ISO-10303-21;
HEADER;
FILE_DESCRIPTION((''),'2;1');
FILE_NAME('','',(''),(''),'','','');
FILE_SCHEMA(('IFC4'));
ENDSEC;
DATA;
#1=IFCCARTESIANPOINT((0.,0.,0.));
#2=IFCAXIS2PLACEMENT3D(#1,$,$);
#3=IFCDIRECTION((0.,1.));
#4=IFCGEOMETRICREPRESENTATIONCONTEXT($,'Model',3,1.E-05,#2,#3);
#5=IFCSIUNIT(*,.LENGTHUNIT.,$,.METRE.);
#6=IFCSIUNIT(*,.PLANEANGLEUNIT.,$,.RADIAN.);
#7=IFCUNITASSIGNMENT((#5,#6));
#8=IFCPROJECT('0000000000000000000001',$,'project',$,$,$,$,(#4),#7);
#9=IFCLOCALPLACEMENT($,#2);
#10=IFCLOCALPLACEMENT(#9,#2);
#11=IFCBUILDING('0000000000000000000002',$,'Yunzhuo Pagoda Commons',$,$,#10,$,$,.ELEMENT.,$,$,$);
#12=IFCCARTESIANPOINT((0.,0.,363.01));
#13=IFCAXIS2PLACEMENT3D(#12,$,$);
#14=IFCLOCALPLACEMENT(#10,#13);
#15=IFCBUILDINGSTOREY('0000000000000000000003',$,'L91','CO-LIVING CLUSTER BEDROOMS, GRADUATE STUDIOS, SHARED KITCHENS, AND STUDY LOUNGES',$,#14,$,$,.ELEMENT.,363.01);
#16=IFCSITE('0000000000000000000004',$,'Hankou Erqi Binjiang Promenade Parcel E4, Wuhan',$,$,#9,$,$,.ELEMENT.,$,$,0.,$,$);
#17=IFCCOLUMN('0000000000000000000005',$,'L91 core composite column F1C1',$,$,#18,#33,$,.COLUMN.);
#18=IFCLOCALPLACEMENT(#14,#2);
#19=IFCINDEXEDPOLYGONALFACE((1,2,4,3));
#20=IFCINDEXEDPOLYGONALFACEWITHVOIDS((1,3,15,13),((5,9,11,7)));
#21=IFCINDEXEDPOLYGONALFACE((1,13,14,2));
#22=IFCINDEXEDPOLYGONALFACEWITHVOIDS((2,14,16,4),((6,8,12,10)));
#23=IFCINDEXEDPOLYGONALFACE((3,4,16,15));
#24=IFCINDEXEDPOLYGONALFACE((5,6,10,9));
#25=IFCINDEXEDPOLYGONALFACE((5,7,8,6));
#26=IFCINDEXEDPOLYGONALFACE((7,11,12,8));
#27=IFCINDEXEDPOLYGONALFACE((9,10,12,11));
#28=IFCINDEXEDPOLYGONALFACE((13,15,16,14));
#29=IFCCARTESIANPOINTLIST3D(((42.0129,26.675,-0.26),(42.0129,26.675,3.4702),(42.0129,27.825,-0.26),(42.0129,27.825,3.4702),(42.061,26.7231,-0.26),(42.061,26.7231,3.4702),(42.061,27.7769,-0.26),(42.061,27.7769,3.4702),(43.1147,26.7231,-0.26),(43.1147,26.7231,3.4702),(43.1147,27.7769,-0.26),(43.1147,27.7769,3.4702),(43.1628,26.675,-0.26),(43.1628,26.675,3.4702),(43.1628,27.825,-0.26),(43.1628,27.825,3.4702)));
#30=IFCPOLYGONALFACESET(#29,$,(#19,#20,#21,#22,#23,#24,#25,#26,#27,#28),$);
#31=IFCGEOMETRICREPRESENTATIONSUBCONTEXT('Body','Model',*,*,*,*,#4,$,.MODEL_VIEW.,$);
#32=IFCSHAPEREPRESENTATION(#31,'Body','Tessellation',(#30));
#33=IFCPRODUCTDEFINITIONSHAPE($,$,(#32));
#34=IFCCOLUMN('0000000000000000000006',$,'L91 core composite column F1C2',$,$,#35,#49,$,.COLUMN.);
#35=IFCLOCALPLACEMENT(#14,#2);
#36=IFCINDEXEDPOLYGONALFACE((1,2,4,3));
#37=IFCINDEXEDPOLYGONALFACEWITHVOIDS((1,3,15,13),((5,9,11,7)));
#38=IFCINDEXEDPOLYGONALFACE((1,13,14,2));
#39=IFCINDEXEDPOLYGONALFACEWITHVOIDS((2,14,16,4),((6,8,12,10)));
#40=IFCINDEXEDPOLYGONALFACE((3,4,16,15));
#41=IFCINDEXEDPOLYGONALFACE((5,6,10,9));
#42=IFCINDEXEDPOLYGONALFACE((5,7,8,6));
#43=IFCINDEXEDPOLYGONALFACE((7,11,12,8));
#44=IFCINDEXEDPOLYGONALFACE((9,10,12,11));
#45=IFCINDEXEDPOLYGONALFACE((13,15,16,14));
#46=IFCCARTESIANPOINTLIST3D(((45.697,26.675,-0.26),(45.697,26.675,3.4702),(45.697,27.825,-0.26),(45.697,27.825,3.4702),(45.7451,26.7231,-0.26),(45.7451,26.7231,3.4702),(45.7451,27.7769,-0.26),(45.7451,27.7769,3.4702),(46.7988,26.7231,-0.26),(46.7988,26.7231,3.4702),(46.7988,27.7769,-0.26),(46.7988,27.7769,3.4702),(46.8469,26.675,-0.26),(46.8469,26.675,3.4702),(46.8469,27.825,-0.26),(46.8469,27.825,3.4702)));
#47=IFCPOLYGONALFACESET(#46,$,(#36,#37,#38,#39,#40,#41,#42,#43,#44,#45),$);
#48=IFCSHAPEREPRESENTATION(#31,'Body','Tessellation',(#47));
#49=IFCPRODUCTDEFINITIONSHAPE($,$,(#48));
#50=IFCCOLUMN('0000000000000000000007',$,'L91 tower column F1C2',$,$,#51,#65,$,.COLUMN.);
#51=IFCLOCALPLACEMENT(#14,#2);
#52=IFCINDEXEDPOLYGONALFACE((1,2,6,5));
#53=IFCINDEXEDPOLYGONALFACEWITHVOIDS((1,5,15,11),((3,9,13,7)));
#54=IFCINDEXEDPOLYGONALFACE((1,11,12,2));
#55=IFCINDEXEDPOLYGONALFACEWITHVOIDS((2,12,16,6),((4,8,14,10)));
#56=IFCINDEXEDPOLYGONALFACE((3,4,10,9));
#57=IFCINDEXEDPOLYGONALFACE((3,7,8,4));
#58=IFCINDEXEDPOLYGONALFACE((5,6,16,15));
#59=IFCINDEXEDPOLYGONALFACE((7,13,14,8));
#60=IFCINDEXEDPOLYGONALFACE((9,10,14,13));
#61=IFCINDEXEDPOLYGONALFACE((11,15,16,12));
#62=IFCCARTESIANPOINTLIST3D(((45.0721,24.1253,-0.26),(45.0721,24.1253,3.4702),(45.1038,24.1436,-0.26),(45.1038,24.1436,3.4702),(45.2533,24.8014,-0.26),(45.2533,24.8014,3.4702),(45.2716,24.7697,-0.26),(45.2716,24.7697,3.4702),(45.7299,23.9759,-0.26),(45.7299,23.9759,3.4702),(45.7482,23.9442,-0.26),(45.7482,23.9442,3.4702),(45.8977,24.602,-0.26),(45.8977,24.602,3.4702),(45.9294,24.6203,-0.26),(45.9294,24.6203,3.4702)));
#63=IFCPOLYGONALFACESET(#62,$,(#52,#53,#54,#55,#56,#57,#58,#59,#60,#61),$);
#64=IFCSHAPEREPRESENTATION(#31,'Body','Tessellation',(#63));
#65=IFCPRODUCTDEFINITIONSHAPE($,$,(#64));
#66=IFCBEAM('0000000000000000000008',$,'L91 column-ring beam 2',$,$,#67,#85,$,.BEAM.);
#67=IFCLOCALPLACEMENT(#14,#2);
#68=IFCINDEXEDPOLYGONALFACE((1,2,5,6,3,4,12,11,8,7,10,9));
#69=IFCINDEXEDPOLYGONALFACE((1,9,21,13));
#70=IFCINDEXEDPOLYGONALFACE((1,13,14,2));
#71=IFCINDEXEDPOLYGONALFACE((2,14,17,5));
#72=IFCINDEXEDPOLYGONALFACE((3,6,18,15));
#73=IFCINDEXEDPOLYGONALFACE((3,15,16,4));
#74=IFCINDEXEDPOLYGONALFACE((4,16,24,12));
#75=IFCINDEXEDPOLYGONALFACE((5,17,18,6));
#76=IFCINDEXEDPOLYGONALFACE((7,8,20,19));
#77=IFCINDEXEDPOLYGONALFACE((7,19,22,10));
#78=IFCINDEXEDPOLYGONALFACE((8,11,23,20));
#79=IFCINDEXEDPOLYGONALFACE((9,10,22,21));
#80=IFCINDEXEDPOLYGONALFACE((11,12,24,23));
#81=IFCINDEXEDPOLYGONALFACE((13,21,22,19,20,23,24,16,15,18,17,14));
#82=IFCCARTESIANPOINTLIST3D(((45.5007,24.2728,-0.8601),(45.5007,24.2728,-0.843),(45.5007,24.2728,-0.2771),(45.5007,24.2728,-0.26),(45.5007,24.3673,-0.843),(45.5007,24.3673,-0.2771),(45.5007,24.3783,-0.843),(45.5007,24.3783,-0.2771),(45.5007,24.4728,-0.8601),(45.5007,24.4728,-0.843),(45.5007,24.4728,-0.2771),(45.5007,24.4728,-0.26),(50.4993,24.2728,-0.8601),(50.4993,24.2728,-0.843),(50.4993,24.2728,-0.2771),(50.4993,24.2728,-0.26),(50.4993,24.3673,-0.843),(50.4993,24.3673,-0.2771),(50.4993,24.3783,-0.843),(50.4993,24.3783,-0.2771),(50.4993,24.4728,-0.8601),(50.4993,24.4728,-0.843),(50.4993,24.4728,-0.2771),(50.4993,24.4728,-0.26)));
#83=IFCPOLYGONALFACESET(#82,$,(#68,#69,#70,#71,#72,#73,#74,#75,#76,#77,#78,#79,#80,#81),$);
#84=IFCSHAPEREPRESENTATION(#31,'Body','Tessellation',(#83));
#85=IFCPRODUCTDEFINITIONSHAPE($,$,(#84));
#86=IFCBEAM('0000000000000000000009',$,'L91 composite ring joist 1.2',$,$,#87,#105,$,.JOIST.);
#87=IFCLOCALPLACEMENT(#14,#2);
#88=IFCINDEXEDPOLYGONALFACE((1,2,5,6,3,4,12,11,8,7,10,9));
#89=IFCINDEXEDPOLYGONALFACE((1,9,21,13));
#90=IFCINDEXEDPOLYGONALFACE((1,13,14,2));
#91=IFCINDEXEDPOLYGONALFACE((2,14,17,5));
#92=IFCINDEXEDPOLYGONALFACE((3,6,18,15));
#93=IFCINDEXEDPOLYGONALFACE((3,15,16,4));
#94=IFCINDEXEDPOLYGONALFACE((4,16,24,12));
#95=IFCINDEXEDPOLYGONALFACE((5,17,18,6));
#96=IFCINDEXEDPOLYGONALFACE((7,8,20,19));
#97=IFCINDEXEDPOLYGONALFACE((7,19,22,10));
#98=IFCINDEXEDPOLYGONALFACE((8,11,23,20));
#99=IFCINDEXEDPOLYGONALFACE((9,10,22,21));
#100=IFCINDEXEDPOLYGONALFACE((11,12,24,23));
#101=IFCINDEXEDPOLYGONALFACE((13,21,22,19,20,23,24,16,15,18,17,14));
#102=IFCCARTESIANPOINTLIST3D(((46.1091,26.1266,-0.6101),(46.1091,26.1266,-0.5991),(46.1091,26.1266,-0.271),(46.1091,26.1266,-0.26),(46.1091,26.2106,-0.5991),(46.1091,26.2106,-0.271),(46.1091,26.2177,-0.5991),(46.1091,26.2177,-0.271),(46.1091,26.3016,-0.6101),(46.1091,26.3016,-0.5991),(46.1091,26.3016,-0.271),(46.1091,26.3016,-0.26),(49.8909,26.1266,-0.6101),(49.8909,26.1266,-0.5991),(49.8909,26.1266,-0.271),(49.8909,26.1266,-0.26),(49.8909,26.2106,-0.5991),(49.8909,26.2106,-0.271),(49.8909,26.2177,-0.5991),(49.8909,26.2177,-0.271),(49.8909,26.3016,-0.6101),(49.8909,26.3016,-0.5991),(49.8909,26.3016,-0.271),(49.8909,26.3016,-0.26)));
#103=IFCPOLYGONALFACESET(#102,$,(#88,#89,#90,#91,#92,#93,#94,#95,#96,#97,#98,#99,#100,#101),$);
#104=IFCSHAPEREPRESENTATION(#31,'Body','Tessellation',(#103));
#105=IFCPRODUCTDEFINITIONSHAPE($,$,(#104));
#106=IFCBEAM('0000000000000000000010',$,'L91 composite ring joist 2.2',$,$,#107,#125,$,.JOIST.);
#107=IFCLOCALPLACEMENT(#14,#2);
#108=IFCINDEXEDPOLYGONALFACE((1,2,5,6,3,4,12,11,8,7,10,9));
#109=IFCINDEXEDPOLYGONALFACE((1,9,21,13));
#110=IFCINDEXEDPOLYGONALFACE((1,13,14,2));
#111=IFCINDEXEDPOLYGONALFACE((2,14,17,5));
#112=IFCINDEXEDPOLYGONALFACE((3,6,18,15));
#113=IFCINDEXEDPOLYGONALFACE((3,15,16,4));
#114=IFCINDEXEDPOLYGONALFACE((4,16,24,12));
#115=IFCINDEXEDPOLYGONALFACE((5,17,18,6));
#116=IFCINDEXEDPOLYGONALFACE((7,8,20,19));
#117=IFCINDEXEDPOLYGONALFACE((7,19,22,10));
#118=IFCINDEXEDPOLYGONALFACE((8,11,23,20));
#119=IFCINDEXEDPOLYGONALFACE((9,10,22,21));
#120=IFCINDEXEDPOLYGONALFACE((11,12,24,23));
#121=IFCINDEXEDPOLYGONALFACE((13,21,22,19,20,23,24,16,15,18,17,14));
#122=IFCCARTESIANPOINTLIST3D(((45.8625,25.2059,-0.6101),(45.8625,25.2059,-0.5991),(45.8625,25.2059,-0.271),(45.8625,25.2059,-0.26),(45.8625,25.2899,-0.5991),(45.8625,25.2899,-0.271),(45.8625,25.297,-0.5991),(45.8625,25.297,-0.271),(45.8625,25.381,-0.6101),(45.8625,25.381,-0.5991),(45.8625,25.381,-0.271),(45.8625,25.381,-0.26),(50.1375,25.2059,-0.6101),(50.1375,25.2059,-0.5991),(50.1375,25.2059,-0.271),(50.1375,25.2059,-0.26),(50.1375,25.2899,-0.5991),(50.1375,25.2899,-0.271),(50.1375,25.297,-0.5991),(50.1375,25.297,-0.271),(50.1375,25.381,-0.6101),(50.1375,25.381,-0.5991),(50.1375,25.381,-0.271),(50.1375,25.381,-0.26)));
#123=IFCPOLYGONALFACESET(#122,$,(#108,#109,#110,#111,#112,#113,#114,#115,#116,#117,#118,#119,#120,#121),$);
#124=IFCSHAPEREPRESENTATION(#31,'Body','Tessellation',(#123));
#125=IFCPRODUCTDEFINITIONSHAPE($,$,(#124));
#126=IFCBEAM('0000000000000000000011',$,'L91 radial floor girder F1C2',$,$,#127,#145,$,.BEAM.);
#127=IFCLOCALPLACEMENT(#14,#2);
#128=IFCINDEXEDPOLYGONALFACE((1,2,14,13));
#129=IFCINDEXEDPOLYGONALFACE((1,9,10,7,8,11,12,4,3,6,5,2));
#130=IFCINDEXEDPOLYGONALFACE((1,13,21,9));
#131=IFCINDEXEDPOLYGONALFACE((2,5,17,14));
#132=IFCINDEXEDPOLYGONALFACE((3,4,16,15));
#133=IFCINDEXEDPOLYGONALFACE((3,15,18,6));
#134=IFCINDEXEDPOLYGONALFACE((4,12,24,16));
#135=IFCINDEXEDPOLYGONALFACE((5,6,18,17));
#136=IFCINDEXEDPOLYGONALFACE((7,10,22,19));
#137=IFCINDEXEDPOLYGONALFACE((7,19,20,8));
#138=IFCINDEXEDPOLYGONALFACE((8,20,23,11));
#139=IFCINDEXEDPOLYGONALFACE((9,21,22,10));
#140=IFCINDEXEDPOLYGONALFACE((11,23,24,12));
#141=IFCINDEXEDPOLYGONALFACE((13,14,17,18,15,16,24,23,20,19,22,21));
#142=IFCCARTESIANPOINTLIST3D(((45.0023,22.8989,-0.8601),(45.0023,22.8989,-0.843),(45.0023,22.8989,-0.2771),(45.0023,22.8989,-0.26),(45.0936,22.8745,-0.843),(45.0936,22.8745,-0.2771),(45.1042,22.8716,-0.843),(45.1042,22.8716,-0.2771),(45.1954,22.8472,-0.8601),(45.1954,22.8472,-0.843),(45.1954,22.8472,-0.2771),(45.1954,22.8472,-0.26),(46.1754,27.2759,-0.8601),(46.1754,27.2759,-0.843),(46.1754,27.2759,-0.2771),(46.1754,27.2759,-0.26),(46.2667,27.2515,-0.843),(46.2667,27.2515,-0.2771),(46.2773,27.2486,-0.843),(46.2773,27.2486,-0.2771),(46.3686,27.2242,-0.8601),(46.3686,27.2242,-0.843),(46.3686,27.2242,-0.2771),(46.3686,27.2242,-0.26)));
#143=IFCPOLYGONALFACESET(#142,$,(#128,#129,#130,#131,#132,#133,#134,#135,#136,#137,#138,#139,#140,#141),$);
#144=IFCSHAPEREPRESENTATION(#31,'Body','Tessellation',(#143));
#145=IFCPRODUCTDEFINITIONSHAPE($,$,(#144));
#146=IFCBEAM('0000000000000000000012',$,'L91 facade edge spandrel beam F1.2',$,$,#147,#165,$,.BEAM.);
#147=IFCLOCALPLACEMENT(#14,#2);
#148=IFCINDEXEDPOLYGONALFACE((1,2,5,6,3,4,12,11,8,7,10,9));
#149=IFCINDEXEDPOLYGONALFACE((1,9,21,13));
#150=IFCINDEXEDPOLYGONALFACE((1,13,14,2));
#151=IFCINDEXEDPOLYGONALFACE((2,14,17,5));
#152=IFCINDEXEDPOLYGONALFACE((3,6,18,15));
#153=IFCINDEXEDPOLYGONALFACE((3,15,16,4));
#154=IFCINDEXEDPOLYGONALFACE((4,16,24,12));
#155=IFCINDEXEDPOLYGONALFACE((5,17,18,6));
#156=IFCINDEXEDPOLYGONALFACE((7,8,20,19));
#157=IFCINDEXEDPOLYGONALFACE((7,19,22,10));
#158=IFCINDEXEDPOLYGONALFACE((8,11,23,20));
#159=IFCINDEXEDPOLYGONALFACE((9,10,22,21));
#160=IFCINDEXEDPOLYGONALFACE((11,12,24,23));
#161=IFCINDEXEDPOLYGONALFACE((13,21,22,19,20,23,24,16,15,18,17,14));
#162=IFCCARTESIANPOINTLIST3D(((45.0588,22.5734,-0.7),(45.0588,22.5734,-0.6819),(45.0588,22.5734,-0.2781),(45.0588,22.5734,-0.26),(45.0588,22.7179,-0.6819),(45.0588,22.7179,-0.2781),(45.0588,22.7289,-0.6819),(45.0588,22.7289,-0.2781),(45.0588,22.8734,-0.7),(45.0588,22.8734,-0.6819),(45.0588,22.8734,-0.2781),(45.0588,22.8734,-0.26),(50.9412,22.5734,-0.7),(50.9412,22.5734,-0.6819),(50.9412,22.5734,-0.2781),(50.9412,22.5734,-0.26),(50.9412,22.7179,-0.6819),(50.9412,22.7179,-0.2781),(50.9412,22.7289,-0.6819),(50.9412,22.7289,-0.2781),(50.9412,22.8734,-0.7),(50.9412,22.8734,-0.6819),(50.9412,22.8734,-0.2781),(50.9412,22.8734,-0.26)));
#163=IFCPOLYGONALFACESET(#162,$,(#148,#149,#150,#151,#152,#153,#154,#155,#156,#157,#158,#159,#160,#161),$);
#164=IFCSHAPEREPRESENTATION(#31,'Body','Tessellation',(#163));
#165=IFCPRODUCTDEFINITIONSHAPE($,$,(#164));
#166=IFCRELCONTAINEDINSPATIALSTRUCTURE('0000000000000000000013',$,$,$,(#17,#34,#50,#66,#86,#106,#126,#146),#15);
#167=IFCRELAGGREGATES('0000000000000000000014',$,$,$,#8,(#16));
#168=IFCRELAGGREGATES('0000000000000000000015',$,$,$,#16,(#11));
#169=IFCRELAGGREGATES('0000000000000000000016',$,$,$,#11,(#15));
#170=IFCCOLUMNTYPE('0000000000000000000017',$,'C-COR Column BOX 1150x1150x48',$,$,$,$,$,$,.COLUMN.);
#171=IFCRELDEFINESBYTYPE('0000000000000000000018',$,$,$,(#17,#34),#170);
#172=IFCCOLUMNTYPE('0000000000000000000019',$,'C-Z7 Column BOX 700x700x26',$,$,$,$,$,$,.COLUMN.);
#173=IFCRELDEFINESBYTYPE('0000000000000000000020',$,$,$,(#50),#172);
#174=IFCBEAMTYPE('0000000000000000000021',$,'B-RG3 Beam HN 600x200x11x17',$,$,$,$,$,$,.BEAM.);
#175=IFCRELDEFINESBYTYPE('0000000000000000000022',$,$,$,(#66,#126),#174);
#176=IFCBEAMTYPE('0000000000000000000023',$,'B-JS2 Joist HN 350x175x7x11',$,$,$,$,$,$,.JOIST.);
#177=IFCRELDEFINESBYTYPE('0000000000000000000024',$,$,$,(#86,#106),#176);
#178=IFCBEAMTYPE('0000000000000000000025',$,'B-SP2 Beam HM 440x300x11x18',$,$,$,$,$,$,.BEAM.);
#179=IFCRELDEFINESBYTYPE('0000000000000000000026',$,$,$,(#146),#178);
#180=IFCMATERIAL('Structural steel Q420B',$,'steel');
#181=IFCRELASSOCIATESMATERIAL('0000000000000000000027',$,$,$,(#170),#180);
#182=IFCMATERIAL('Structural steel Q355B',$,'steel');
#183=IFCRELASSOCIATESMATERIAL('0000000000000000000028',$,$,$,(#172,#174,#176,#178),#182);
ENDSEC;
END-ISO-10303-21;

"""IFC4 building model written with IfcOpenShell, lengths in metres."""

from ifc_helpers import new_model, si_unit, direction, frame, origin, origin_2d, place, context, subcontext, project, spatial, hollow_rectangle, i_section, extrude, source, transform, mapped, material, material_profile, profile_set, type_object, element, save


model = new_model("IFC4")

# Units and contexts
model_context = context("Model", 3, precision=1e-05, world=origin(), true_north=direction((0.0, 1.0)))
body_context = subcontext(model_context, "Body", "Model", "MODEL_VIEW")
ifc_project = project(units=[si_unit("LENGTHUNIT", "METRE"), si_unit("PLANEANGLEUNIT", "RADIAN")], contexts=[model_context])

# Site, building, storey
site_placement = place(None, origin())
site = spatial("IfcSite", under=ifc_project, at=site_placement, Name="Hankou Erqi Binjiang Promenade Parcel E4, Wuhan", CompositionType="ELEMENT", RefElevation=0.0)
building_placement = place(site_placement, origin())
building = spatial("IfcBuilding", under=site, at=building_placement, Name="Yunzhuo Pagoda Commons", CompositionType="ELEMENT")
storey_placement = place(building_placement, frame((0.0, 0.0, 363.01)))
storey = spatial("IfcBuildingStorey", under=building, at=storey_placement, Name="L91", Description="CO-LIVING CLUSTER BEDROOMS, GRADUATE STUDIOS, SHARED KITCHENS, AND STUDY LOUNGES", CompositionType="ELEMENT", Elevation=363.01)

# Columns
ifc_material_1 = material(Name="Structural steel Q420B", Category="steel")
ifc_material_profile_1 = material_profile(ifc_material_1, hollow_rectangle(XDim=1.1499, YDim=1.1499, WallThickness=0.0481, at=origin_2d()), Name="Structural steel Q420B")
ifc_profile_set_1 = profile_set([ifc_material_profile_1], Name="Structural steel Q420B")
column_type_1 = type_object("IfcColumnType", Name="C-COR Column BOX 1150x1150x48", PredefinedType="COLUMN", material=ifc_profile_set_1)
shared_shape_1 = source(origin(), body_context, "Body", "SweptSolid", [
    extrude(hollow_rectangle(XDim=1.1499, YDim=1.1499, WallThickness=0.0481, at=origin_2d()), origin(), (0.0, 0.0, 1.0), 3.7302),
])
for number, where, z_axis, x_axis, name in (
    (1, (42.5879, 27.25, -0.26), (0.0, 0.0, 1.0), (1.0, 0.0, 0.0), "L91 core composite column F1C1"),
    (2, (46.272, 27.25, -0.26), (0.0, 0.0, 1.0), (1.0, 0.0, 0.0), "L91 core composite column F1C2"),
):
    element("IfcColumn", number, at=place(storey_placement, frame(where, z_axis=z_axis, x_axis=x_axis)), inside=storey, type_object=column_type_1, Name=name, PredefinedType="COLUMN", context=body_context, shape_type="MappedRepresentation", body=[
        mapped(shared_shape_1, transform((0.0, 0.0, 0.0), scale=1.0)),
    ])
ifc_material_2 = material(Name="Structural steel Q355B", Category="steel")
ifc_material_profile_2 = material_profile(ifc_material_2, hollow_rectangle(XDim=0.7, YDim=0.7, WallThickness=0.0259, at=origin_2d()), Name="Structural steel Q355B")
ifc_profile_set_2 = profile_set([ifc_material_profile_2], Name="Structural steel Q355B")
column_type_2 = type_object("IfcColumnType", Name="C-Z7 Column BOX 700x700x26", PredefinedType="COLUMN", material=ifc_profile_set_2)
shared_shape_2 = source(origin(), body_context, "Body", "SweptSolid", [
    extrude(hollow_rectangle(XDim=0.7, YDim=0.7, WallThickness=0.0259, at=origin_2d()), origin(), (0.0, 0.0, 1.0), 3.7302),
])
column_placement = place(storey_placement, frame((45.5007, 24.3728, -0.26), z_axis=(0.0, 0.0, 1.0), x_axis=(0.965926, -0.258819, 0.0)))
element("IfcColumn", 3, at=column_placement, inside=storey, type_object=column_type_2, Name="L91 tower column F1C2", PredefinedType="COLUMN", context=body_context, shape_type="MappedRepresentation", body=[
    mapped(shared_shape_2, transform((0.0, 0.0, 0.0), scale=1.0)),
])

# Beams
ifc_material_profile_3 = material_profile(ifc_material_2, i_section(OverallWidth=0.2, OverallDepth=0.6001, WebThickness=0.011, FlangeThickness=0.0171, at=origin_2d()), Name="Structural steel Q355B")
ifc_profile_set_3 = profile_set([ifc_material_profile_3], Name="Structural steel Q355B")
beam_type_1 = type_object("IfcBeamType", Name="B-RG3 Beam HN 600x200x11x17", PredefinedType="BEAM", material=ifc_profile_set_3)
shared_shape_3 = source(origin(), body_context, "Body", "SweptSolid", [
    extrude(i_section(OverallWidth=0.2, OverallDepth=0.6001, WebThickness=0.011, FlangeThickness=0.0171, at=origin_2d()), origin(), (0.0, 0.0, 1.0), 4.9985),
])
beam_1_placement = place(storey_placement, frame((45.5007, 24.3728, -0.5601), z_axis=(1.0, 0.0, 0.0), x_axis=(0.0, 1.0, 0.0)))
element("IfcBeam", 4, at=beam_1_placement, inside=storey, type_object=beam_type_1, Name="L91 column-ring beam 2", PredefinedType="BEAM", context=body_context, shape_type="MappedRepresentation", body=[
    mapped(shared_shape_3, transform((0.0, 0.0, 0.0), scale=1.0)),
])
ifc_material_profile_4 = material_profile(ifc_material_2, i_section(OverallWidth=0.175, OverallDepth=0.3501, WebThickness=0.0071, FlangeThickness=0.011, at=origin_2d()), Name="Structural steel Q355B")
ifc_profile_set_4 = profile_set([ifc_material_profile_4], Name="Structural steel Q355B")
beam_type_2 = type_object("IfcBeamType", Name="B-JS2 Joist HN 350x175x7x11", PredefinedType="JOIST", material=ifc_profile_set_4)
shared_shape_4 = source(origin(), body_context, "Body", "SweptSolid", [
    extrude(i_section(OverallWidth=0.175, OverallDepth=0.3501, WebThickness=0.0071, FlangeThickness=0.011, at=origin_2d()), origin(), (0.0, 0.0, 1.0), 3.7817),
])
beam_2_placement = place(storey_placement, frame((46.1091, 26.2141, -0.4351), z_axis=(1.0, 0.0, 0.0), x_axis=(0.0, 1.0, 0.0)))
element("IfcBeam", 5, at=beam_2_placement, inside=storey, type_object=beam_type_2, Name="L91 composite ring joist 1.2", PredefinedType="JOIST", context=body_context, shape_type="MappedRepresentation", body=[
    mapped(shared_shape_4, transform((0.0, 0.0, 0.0), scale=1.0)),
])
shared_shape_5 = source(origin(), body_context, "Body", "SweptSolid", [
    extrude(i_section(OverallWidth=0.175, OverallDepth=0.3501, WebThickness=0.0071, FlangeThickness=0.011, at=origin_2d()), origin(), (0.0, 0.0, 1.0), 4.2749),
])
beam_3_placement = place(storey_placement, frame((45.8625, 25.2935, -0.4351), z_axis=(1.0, 0.0, 0.0), x_axis=(0.0, 1.0, 0.0)))
element("IfcBeam", 6, at=beam_3_placement, inside=storey, type_object=beam_type_2, Name="L91 composite ring joist 2.2", PredefinedType="JOIST", context=body_context, shape_type="MappedRepresentation", body=[
    mapped(shared_shape_5, transform((0.0, 0.0, 0.0), scale=1.0)),
])
shared_shape_6 = source(origin(), body_context, "Body", "SweptSolid", [
    extrude(i_section(OverallWidth=0.2, OverallDepth=0.6001, WebThickness=0.011, FlangeThickness=0.0171, at=origin_2d()), origin(), (0.0, 0.0, 1.0), 4.5315),
])
beam_4_placement = place(storey_placement, frame((45.0989, 22.873, -0.5601), z_axis=(0.25888, 0.96591, 0.0), x_axis=(-0.96591, 0.25888, 0.0)))
element("IfcBeam", 7, at=beam_4_placement, inside=storey, type_object=beam_type_1, Name="L91 radial floor girder F1C2", PredefinedType="BEAM", context=body_context, shape_type="MappedRepresentation", body=[
    mapped(shared_shape_6, transform((0.0, 0.0, 0.0), scale=1.0)),
])
ifc_material_profile_5 = material_profile(ifc_material_2, i_section(OverallWidth=0.3, OverallDepth=0.4399, WebThickness=0.011, FlangeThickness=0.0181, at=origin_2d()), Name="Structural steel Q355B")
ifc_profile_set_5 = profile_set([ifc_material_profile_5], Name="Structural steel Q355B")
beam_type_3 = type_object("IfcBeamType", Name="B-SP2 Beam HM 440x300x11x18", PredefinedType="BEAM", material=ifc_profile_set_5)
shared_shape_7 = source(origin(), body_context, "Body", "SweptSolid", [
    extrude(i_section(OverallWidth=0.3, OverallDepth=0.4399, WebThickness=0.011, FlangeThickness=0.0181, at=origin_2d()), origin(), (0.0, 0.0, 1.0), 5.8823),
])
beam_5_placement = place(storey_placement, frame((45.0588, 22.7234, -0.48), z_axis=(1.0, 0.0, 0.0), x_axis=(0.0, 1.0, 0.0)))
element("IfcBeam", 8, at=beam_5_placement, inside=storey, type_object=beam_type_3, Name="L91 facade edge spandrel beam F1.2", PredefinedType="BEAM", context=body_context, shape_type="MappedRepresentation", body=[
    mapped(shared_shape_7, transform((0.0, 0.0, 0.0), scale=1.0)),
])

save(model, "model.ifc")
